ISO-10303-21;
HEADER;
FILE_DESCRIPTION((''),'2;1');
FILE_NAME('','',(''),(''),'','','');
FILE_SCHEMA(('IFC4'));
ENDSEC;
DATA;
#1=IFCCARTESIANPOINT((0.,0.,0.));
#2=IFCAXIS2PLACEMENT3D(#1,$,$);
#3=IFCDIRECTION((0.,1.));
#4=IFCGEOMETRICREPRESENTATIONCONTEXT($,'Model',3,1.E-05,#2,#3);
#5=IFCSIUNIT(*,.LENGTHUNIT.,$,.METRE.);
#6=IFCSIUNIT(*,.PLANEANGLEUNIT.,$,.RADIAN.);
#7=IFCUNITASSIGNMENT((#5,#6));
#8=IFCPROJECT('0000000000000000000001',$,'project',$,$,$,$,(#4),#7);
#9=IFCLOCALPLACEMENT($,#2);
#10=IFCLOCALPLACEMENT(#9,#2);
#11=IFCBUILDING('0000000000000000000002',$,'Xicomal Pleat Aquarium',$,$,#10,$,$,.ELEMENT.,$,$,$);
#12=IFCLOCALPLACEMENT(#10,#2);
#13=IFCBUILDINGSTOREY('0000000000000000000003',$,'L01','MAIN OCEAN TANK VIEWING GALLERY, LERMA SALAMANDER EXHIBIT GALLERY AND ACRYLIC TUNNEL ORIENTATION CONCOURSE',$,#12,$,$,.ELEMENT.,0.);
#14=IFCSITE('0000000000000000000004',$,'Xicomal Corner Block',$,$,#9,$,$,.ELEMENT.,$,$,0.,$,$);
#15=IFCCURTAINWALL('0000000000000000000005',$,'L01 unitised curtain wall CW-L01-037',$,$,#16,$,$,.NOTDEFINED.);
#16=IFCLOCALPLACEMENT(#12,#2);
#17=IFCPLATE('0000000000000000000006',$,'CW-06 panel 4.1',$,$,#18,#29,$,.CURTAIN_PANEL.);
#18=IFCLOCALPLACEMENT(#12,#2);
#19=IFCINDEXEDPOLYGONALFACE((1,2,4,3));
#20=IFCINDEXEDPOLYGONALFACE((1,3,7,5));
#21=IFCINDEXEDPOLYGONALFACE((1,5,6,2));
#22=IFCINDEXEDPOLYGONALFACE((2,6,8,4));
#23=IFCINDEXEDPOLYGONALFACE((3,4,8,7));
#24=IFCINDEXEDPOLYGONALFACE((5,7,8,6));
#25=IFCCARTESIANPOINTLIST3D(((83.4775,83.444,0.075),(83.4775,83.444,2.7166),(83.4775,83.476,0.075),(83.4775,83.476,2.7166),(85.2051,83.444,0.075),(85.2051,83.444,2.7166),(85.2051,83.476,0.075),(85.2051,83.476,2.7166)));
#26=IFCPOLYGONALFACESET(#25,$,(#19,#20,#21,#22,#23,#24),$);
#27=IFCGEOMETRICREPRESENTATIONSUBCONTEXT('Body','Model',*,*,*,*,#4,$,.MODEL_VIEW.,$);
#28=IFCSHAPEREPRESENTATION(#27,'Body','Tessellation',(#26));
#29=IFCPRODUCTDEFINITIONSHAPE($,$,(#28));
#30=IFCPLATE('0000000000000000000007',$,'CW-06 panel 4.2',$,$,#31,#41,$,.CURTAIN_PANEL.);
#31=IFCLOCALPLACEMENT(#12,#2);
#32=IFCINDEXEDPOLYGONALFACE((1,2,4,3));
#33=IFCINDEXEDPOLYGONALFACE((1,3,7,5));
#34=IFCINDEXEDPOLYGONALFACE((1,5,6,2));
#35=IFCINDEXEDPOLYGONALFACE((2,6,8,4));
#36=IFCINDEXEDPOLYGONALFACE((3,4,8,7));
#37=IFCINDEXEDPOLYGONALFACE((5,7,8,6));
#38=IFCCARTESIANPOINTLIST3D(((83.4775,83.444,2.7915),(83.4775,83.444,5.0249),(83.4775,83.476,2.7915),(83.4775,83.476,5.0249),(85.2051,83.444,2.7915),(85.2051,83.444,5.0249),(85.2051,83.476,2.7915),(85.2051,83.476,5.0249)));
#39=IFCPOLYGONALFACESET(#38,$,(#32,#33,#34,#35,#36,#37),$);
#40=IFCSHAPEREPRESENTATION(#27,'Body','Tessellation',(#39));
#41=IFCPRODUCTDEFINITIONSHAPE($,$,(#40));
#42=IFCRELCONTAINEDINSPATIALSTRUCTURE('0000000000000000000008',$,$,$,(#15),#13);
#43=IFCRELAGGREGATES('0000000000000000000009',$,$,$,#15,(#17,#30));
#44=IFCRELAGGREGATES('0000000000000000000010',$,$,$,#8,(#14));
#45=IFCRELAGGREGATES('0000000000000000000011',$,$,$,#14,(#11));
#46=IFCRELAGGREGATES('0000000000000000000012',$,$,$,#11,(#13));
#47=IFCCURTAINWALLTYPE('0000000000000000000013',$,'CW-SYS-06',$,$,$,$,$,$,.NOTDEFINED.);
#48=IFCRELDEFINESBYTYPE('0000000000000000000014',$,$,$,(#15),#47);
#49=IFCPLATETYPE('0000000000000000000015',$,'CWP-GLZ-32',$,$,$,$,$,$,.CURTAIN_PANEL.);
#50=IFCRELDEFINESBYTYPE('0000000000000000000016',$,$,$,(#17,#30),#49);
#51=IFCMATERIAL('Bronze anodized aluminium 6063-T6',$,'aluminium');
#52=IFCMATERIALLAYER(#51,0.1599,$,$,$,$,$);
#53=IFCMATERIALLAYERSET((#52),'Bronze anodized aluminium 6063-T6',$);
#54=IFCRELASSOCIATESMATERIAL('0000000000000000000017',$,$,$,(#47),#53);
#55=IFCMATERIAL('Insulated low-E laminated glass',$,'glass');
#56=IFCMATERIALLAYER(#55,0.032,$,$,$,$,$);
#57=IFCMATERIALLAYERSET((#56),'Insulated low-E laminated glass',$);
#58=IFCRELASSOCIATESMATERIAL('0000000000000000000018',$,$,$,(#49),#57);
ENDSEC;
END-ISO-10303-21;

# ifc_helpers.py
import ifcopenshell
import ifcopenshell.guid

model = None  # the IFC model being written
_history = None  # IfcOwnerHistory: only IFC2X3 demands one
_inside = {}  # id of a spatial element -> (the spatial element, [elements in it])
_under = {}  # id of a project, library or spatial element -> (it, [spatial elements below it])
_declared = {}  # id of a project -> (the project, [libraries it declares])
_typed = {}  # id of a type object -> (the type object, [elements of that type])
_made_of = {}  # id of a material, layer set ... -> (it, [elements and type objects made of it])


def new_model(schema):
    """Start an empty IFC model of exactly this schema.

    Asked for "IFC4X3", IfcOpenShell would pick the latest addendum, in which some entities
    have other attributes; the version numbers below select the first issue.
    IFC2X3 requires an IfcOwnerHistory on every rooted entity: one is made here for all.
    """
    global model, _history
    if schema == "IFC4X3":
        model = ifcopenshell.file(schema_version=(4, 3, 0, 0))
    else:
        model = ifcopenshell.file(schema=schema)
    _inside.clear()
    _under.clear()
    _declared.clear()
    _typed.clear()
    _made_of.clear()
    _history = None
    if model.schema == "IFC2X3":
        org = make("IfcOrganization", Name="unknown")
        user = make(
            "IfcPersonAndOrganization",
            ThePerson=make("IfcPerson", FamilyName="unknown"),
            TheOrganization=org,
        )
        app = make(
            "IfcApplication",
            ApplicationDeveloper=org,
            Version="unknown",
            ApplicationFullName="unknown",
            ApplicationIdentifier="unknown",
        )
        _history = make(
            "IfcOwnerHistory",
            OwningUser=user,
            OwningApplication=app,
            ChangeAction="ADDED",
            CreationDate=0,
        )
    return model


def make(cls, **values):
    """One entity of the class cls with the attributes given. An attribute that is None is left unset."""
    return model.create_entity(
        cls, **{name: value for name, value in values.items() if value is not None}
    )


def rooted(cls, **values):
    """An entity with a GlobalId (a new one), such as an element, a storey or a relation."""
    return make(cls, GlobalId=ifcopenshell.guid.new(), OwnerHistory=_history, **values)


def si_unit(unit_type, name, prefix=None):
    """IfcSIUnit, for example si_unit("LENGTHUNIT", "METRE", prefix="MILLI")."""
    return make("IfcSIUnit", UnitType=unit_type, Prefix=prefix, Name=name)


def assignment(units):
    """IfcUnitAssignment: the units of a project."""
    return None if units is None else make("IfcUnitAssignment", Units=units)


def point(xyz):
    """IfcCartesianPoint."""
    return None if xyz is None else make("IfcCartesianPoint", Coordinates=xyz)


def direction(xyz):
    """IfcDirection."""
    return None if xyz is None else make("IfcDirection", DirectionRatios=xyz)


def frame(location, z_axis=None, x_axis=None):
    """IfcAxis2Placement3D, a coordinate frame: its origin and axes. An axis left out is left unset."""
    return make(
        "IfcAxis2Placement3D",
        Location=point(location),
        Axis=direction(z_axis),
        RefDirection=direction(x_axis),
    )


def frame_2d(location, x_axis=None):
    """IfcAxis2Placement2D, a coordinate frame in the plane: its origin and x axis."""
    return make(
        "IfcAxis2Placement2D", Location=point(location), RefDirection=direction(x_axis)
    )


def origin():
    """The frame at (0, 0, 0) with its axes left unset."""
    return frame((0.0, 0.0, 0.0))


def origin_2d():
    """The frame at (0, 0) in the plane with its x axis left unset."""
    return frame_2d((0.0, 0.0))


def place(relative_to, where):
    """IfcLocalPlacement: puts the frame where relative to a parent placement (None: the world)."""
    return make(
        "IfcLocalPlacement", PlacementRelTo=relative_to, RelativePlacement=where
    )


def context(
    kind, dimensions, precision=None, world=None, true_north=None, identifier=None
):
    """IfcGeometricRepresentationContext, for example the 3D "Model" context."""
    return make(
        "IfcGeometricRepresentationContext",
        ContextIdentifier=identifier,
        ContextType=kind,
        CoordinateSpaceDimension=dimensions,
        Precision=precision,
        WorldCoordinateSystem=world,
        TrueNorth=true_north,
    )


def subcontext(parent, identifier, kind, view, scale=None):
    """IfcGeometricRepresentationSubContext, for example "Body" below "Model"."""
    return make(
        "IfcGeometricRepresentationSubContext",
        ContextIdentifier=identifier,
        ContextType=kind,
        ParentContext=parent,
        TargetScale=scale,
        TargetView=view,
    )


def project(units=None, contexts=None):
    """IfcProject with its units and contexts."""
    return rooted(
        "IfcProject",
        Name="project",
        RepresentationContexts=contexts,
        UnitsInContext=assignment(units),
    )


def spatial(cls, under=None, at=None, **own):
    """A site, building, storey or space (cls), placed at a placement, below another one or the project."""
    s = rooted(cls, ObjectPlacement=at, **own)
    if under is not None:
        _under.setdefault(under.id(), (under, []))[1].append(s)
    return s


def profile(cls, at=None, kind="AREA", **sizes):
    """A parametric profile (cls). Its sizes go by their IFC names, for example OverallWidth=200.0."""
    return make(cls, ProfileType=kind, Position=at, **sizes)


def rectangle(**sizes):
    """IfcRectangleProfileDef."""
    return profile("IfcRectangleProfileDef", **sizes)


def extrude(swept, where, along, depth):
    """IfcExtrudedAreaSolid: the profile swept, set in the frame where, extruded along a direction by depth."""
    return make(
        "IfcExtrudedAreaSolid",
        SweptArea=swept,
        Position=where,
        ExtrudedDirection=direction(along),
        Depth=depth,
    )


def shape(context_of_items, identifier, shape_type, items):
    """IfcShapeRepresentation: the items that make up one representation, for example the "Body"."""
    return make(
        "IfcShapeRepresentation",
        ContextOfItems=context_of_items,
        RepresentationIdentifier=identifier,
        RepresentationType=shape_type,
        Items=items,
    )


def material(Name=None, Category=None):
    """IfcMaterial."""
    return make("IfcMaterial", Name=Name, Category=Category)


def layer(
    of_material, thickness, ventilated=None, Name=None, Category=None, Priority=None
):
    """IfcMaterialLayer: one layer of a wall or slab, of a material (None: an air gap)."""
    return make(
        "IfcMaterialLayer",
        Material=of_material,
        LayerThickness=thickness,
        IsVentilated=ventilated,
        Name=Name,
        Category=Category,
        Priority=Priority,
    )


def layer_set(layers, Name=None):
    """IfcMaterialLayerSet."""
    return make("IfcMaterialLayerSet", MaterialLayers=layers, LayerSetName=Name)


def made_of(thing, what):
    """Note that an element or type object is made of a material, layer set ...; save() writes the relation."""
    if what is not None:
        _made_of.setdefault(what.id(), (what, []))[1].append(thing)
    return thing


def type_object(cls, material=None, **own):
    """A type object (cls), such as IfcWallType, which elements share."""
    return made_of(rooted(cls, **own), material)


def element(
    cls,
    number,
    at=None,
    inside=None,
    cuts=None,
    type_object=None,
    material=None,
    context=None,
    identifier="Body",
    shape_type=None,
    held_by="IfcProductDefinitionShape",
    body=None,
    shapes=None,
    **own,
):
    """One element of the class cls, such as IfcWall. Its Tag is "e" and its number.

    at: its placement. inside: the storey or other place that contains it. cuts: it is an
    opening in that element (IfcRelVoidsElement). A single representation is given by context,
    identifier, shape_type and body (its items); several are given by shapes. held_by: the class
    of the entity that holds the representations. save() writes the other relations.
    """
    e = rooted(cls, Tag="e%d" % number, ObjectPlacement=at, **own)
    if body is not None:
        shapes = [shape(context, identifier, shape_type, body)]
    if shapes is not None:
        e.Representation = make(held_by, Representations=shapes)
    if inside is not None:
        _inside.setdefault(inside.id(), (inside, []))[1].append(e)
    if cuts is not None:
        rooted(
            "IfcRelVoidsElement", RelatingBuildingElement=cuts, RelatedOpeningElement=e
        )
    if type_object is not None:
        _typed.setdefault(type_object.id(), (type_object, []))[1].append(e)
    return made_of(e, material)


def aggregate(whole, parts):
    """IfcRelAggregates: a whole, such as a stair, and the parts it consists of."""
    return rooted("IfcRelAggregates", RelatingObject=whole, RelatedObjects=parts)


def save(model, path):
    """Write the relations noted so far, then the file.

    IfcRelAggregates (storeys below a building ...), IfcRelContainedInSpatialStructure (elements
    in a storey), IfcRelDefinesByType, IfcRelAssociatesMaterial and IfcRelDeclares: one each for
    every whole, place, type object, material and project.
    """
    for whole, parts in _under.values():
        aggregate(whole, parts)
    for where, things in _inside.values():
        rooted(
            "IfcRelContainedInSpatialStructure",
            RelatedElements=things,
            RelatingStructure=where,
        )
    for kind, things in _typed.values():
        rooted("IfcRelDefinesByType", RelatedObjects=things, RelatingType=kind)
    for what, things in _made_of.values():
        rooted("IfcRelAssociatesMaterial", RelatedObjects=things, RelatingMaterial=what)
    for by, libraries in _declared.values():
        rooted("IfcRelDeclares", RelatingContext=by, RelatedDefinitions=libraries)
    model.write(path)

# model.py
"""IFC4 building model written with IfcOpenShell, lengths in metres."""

from ifc_helpers import new_model, si_unit, direction, frame, origin, origin_2d, place, context, subcontext, project, spatial, rectangle, extrude, material, layer, layer_set, type_object, element, aggregate, save


model = new_model("IFC4")

# Units and contexts
model_context = context("Model", 3, precision=1e-05, world=origin(), true_north=direction((0.0, 1.0)))
body_context = subcontext(model_context, "Body", "Model", "MODEL_VIEW")
ifc_project = project(units=[si_unit("LENGTHUNIT", "METRE"), si_unit("PLANEANGLEUNIT", "RADIAN")], contexts=[model_context])

# Site, building, storey
site_placement = place(None, origin())
site = spatial("IfcSite", under=ifc_project, at=site_placement, Name="Xicomal Corner Block", CompositionType="ELEMENT", RefElevation=0.0)
building_placement = place(site_placement, origin())
building = spatial("IfcBuilding", under=site, at=building_placement, Name="Xicomal Pleat Aquarium", CompositionType="ELEMENT")
storey_placement = place(building_placement, origin())
storey = spatial("IfcBuildingStorey", under=building, at=storey_placement, Name="L01", Description="MAIN OCEAN TANK VIEWING GALLERY, LERMA SALAMANDER EXHIBIT GALLERY AND ACRYLIC TUNNEL ORIENTATION CONCOURSE", CompositionType="ELEMENT", Elevation=0.0)

# Curtain wall
ifc_material_1 = material(Name="Bronze anodized aluminium 6063-T6", Category="aluminium")
ifc_layer_1 = layer(ifc_material_1, 0.1599)
ifc_layer_set_1 = layer_set([ifc_layer_1], Name="Bronze anodized aluminium 6063-T6")
curtain_wall_type_1 = type_object("IfcCurtainWallType", Name="CW-SYS-06", PredefinedType="NOTDEFINED", material=ifc_layer_set_1)
curtain_wall_1_placement = place(storey_placement, origin())
curtain_wall_1 = element("IfcCurtainWall", 1, at=curtain_wall_1_placement, inside=storey, type_object=curtain_wall_type_1, Name="L01 unitised curtain wall CW-L01-037", PredefinedType="NOTDEFINED")

# Plates
ifc_material_2 = material(Name="Insulated low-E laminated glass", Category="glass")
ifc_layer_2 = layer(ifc_material_2, 0.032)
ifc_layer_set_2 = layer_set([ifc_layer_2], Name="Insulated low-E laminated glass")
plate_type = type_object("IfcPlateType", Name="CWP-GLZ-32", PredefinedType="CURTAIN_PANEL", material=ifc_layer_set_2)
plate_1_placement = place(storey_placement, frame((84.3413, 83.46, 0.075), z_axis=(0.0, 0.0, 1.0), x_axis=(1.0, 0.0, 0.0)))
plate_1 = element("IfcPlate", 2, at=plate_1_placement, type_object=plate_type, Name="CW-06 panel 4.1", PredefinedType="CURTAIN_PANEL", context=body_context, shape_type="SweptSolid", body=[
    extrude(rectangle(XDim=1.7275, YDim=0.032, at=origin_2d()), origin(), (0.0, 0.0, 1.0), 2.6416),
])
plate_2_placement = place(storey_placement, frame((84.3413, 83.46, 2.7915), z_axis=(0.0, 0.0, 1.0), x_axis=(1.0, 0.0, 0.0)))
plate_2 = element("IfcPlate", 3, at=plate_2_placement, type_object=plate_type, Name="CW-06 panel 4.2", PredefinedType="CURTAIN_PANEL", context=body_context, shape_type="SweptSolid", body=[
    extrude(rectangle(XDim=1.7275, YDim=0.032, at=origin_2d()), origin(), (0.0, 0.0, 1.0), 2.2334),
])
aggregate(curtain_wall_1, [plate_1, plate_2])

save(model, "model.ifc")
